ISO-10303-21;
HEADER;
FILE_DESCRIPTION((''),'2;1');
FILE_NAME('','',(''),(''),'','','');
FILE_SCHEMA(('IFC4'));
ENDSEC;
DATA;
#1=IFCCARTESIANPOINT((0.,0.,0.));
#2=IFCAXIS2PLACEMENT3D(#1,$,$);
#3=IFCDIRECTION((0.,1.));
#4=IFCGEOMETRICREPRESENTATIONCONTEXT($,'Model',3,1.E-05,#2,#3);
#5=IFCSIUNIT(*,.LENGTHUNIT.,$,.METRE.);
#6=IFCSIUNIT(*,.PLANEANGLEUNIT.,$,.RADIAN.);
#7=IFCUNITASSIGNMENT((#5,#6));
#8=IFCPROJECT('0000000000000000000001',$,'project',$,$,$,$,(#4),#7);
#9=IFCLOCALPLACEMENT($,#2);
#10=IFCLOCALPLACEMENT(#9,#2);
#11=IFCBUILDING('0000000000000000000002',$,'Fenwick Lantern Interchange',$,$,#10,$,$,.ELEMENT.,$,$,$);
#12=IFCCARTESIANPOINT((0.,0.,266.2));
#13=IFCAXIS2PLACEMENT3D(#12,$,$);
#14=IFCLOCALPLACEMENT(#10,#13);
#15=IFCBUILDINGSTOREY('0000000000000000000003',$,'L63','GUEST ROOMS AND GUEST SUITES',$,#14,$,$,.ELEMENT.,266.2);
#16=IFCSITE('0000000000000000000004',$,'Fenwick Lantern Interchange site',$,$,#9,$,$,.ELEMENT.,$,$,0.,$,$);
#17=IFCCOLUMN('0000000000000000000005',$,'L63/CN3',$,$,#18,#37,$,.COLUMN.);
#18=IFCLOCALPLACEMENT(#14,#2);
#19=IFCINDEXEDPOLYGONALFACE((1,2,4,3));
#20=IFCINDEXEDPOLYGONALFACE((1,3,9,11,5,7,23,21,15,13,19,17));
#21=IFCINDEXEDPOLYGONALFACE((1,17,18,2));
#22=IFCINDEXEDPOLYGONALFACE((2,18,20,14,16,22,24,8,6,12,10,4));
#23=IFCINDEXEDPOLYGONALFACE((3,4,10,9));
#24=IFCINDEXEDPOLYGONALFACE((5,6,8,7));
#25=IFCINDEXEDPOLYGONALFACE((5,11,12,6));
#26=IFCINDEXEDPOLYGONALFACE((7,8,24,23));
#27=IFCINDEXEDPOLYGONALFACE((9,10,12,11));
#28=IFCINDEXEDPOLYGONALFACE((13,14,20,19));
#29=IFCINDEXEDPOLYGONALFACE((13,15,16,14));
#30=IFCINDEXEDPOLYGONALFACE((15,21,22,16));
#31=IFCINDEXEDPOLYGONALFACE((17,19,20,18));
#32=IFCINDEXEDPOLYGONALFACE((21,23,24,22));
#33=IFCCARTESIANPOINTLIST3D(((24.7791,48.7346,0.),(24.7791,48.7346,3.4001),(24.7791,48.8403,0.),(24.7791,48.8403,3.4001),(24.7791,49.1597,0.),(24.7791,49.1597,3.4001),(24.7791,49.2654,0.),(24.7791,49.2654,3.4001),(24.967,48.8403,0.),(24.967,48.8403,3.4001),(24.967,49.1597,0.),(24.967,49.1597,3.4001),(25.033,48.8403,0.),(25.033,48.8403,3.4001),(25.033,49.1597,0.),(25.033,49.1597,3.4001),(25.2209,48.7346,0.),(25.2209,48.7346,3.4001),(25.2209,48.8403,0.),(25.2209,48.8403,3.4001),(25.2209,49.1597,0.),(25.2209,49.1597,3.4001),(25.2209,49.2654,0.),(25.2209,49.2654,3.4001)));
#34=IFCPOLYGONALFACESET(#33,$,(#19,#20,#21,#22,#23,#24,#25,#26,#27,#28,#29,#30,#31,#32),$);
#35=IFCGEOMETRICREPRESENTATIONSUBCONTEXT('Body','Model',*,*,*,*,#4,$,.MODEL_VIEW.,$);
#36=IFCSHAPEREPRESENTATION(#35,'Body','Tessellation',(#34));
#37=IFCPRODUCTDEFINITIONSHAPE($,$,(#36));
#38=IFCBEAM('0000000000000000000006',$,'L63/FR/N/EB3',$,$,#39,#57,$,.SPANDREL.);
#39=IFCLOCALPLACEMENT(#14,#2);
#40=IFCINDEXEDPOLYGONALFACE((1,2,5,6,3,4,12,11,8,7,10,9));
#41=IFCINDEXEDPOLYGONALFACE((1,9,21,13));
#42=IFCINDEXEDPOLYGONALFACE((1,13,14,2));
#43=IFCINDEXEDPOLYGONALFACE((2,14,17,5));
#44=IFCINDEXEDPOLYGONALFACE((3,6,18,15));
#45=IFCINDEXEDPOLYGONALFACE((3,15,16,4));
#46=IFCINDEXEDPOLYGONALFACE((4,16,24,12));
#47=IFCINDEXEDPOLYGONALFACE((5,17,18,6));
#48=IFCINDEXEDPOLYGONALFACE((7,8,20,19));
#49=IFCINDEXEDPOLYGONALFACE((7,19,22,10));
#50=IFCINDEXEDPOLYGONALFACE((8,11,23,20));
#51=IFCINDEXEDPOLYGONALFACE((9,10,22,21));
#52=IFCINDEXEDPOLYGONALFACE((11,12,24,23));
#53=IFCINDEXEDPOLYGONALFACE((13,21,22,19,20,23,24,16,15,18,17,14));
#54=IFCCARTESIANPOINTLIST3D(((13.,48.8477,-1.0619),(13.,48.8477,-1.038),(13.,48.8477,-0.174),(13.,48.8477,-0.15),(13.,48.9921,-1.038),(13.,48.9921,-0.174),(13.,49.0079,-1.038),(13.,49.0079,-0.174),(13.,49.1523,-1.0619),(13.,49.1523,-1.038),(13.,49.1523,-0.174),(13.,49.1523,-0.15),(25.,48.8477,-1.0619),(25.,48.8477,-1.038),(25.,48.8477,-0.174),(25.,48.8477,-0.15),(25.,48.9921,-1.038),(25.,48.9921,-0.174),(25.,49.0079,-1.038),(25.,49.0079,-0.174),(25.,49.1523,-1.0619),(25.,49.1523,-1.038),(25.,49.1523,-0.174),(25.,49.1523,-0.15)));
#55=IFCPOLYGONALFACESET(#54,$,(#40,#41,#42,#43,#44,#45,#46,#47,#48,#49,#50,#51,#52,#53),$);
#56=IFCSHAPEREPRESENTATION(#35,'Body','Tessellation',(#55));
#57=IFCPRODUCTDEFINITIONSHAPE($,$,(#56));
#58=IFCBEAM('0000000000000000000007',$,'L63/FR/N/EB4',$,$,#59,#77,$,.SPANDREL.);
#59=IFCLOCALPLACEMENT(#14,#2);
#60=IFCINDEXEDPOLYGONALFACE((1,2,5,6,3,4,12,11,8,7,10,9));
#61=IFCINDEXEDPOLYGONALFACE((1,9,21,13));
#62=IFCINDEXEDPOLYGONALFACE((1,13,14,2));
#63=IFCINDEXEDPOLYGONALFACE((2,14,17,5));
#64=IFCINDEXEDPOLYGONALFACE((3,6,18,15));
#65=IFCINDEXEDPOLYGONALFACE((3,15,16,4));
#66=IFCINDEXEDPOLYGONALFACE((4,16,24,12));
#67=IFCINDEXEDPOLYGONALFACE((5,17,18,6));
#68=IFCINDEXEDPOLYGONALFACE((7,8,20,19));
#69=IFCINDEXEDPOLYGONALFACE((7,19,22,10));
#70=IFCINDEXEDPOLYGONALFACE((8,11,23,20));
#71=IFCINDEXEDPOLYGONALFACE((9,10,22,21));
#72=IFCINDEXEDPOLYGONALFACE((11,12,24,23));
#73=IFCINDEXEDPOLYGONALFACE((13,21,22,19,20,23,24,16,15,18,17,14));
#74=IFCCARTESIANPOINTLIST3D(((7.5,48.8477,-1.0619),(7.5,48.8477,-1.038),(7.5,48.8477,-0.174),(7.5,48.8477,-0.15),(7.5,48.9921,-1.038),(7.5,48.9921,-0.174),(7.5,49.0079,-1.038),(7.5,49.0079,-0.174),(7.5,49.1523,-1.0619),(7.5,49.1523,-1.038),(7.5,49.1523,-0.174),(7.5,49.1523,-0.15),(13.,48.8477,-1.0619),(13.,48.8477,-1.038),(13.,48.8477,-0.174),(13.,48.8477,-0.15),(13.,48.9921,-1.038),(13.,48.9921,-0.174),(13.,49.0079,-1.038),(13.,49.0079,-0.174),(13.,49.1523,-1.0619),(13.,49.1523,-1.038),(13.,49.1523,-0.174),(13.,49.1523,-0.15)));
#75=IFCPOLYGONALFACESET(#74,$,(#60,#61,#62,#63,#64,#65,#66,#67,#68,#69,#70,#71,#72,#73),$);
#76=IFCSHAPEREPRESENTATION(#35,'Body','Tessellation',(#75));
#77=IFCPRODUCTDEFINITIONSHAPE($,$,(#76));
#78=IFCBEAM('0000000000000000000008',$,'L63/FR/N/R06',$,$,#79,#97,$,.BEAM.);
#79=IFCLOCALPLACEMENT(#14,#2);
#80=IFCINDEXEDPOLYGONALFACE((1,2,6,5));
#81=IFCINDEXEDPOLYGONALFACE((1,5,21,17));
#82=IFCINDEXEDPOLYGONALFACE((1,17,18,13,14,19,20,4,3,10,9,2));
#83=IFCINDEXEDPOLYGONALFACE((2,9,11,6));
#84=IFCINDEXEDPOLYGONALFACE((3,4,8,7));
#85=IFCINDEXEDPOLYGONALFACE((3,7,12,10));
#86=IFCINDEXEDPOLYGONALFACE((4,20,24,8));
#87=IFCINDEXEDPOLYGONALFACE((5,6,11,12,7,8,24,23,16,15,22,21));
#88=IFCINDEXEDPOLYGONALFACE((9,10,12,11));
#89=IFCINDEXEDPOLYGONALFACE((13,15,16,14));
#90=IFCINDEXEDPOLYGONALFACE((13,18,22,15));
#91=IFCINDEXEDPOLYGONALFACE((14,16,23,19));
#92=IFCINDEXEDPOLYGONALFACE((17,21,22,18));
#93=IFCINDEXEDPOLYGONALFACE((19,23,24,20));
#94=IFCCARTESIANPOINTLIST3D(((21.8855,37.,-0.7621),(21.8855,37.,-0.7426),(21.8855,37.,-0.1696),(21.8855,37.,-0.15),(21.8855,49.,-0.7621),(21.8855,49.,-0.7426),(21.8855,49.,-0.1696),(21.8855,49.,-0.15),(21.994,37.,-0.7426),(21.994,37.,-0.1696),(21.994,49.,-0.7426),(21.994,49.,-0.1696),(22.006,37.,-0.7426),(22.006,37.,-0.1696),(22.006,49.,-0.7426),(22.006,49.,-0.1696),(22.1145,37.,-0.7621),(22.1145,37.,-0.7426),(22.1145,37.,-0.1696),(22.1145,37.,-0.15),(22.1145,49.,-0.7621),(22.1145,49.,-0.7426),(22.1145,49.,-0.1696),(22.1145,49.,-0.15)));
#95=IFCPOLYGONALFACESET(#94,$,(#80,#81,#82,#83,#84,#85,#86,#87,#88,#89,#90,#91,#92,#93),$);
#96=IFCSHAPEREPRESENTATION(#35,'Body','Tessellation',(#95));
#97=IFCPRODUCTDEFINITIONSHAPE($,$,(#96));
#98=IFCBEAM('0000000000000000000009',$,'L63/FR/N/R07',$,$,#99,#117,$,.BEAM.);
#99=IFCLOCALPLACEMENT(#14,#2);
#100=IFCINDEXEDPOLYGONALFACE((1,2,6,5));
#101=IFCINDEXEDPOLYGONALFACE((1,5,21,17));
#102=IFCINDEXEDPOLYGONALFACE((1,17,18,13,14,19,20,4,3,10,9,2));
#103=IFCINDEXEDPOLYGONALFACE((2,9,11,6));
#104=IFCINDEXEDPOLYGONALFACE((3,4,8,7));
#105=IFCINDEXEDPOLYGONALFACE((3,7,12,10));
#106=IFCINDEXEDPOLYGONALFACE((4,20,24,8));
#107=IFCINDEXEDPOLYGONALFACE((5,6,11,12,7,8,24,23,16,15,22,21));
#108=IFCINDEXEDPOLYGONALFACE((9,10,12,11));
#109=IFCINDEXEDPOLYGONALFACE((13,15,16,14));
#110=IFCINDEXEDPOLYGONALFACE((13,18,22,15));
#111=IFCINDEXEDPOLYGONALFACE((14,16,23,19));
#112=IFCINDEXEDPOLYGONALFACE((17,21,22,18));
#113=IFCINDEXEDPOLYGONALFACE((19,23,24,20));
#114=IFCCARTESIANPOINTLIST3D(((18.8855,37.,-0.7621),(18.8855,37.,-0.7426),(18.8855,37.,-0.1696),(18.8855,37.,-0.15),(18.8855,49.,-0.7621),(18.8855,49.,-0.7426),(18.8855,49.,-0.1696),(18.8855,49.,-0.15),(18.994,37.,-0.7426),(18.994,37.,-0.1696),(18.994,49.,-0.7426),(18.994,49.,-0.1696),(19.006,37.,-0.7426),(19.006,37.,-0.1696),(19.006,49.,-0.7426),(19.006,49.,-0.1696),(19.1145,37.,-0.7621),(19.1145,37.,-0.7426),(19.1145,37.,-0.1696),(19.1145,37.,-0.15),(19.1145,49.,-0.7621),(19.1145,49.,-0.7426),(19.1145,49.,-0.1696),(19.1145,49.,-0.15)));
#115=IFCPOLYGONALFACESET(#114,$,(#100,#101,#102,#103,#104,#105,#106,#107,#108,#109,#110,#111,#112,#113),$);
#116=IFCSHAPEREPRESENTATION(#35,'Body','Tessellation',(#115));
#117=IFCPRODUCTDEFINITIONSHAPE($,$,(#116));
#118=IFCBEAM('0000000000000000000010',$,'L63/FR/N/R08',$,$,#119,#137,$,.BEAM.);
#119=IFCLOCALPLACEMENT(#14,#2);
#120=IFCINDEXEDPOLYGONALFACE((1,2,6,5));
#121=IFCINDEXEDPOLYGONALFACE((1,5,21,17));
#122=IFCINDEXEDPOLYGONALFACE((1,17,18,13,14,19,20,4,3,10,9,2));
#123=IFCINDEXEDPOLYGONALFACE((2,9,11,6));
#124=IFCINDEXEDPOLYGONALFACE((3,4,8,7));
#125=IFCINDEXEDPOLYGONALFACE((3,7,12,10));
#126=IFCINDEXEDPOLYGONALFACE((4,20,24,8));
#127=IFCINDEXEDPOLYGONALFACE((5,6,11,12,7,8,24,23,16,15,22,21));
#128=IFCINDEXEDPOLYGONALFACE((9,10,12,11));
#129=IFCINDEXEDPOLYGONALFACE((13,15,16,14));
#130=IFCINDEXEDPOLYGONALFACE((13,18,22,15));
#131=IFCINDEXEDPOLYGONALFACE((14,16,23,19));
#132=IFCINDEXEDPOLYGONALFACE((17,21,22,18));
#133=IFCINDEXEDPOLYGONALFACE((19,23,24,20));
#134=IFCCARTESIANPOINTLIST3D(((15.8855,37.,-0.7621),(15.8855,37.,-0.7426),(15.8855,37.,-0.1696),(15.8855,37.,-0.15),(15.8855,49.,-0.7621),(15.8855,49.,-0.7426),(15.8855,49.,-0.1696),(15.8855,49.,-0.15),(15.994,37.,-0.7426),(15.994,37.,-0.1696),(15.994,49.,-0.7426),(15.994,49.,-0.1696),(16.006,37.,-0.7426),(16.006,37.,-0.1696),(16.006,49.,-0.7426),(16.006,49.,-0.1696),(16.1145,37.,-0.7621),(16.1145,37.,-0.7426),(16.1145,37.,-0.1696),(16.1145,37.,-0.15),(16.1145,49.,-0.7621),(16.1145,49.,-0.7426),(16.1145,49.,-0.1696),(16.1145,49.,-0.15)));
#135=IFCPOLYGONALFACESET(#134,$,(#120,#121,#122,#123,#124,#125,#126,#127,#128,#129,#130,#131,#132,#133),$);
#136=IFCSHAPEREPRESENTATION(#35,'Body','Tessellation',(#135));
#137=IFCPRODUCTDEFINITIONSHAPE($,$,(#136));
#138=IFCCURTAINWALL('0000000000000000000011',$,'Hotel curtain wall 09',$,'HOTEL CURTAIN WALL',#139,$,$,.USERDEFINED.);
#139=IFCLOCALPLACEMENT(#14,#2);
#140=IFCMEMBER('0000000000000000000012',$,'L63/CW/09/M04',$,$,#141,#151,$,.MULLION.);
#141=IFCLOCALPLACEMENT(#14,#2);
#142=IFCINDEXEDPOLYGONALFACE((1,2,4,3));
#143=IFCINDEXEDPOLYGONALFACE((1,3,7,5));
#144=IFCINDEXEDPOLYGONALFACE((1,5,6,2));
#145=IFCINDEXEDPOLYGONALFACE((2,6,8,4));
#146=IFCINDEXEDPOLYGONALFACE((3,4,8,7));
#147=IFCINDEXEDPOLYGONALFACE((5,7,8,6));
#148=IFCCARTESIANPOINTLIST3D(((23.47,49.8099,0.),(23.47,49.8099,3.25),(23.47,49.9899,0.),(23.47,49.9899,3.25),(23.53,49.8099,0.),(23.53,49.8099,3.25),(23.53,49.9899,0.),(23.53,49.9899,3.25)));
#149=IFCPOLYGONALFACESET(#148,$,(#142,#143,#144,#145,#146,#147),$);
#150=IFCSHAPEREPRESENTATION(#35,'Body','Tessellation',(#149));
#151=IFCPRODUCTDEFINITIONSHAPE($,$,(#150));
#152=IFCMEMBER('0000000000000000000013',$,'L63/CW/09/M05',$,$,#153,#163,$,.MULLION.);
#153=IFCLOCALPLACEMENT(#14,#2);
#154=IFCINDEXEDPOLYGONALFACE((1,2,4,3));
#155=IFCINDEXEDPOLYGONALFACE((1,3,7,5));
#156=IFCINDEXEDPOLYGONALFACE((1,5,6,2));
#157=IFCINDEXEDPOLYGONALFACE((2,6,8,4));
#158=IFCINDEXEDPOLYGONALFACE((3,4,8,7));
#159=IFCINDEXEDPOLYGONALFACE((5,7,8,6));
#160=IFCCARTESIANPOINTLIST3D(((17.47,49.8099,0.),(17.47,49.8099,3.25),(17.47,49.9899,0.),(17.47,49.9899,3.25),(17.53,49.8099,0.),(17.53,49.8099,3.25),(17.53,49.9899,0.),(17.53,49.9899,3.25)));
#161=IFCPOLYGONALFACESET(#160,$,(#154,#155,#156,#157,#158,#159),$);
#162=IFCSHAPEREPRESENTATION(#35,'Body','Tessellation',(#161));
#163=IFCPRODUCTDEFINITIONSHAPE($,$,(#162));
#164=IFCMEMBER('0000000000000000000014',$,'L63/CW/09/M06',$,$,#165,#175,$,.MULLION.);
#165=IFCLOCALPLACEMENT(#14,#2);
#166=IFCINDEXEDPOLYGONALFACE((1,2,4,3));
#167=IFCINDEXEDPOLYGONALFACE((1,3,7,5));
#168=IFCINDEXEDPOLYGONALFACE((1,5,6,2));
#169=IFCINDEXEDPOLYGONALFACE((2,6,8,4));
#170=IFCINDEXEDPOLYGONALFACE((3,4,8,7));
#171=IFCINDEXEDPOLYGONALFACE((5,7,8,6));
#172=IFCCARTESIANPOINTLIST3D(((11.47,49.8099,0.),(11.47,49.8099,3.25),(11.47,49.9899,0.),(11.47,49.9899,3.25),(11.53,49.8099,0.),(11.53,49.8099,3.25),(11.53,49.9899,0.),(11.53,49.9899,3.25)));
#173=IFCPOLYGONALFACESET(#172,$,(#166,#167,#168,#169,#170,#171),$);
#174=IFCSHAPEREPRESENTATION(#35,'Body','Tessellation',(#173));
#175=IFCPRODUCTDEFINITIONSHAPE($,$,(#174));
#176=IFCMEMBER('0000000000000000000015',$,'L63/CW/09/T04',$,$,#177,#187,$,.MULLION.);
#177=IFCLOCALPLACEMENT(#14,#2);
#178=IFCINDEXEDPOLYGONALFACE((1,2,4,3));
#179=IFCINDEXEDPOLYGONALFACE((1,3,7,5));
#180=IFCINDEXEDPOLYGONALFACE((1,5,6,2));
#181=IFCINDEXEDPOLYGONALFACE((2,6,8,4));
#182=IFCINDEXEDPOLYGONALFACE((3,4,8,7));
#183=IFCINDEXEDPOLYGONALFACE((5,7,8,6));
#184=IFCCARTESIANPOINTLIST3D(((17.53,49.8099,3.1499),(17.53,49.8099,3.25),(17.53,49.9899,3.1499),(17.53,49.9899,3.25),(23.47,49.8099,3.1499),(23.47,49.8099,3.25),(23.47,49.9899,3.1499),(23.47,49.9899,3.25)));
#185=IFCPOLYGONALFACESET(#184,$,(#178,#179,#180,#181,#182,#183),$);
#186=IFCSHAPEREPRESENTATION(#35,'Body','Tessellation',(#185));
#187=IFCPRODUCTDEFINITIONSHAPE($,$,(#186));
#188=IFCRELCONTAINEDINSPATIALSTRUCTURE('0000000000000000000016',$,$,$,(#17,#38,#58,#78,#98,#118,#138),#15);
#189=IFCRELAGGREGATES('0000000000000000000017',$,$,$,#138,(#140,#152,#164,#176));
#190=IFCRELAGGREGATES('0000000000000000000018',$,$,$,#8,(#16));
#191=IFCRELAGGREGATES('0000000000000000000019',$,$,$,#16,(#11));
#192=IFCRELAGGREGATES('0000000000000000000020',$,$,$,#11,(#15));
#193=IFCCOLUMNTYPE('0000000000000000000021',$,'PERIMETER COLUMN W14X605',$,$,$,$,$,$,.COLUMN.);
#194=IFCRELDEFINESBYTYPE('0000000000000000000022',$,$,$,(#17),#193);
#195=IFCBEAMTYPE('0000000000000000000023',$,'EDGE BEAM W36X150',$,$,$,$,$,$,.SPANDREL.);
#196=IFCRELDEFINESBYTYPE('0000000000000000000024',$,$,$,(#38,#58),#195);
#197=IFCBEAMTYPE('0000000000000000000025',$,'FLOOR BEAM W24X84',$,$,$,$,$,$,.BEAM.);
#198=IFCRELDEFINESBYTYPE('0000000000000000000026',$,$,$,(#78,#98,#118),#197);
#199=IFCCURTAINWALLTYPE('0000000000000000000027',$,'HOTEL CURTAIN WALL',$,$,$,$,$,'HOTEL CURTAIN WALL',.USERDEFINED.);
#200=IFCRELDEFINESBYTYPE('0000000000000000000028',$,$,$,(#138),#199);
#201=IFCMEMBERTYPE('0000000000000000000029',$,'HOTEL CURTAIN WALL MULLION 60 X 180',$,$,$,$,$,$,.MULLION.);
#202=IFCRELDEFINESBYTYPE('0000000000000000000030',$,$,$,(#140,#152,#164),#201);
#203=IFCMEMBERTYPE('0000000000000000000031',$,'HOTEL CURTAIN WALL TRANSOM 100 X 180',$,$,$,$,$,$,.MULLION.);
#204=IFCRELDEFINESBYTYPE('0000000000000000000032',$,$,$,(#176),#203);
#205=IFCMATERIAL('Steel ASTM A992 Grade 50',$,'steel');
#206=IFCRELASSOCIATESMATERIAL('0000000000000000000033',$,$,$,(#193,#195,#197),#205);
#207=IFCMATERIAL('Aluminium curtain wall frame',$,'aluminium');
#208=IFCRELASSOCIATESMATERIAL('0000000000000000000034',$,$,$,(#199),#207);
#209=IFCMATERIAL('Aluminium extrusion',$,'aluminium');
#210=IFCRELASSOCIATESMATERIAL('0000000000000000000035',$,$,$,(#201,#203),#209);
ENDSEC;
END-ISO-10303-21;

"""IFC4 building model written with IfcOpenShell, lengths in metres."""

from ifc_helpers import new_model, si_unit, direction, frame, origin, origin_2d, place, context, subcontext, project, spatial, rectangle, i_section, extrude, material, material_profile, profile_set, type_object, element, aggregate, save


model = new_model("IFC4")

# Units and contexts
model_context = context("Model", 3, precision=1e-05, world=origin(), true_north=direction((0.0, 1.0)))
body_context = subcontext(model_context, "Body", "Model", "MODEL_VIEW")
ifc_project = project(units=[si_unit("LENGTHUNIT", "METRE"), si_unit("PLANEANGLEUNIT", "RADIAN")], contexts=[model_context])

# Site, building, storey
site_placement = place(None, origin())
site = spatial("IfcSite", under=ifc_project, at=site_placement, Name="Fenwick Lantern Interchange site", CompositionType="ELEMENT", RefElevation=0.0)
building_placement = place(site_placement, origin())
building = spatial("IfcBuilding", under=site, at=building_placement, Name="Fenwick Lantern Interchange", CompositionType="ELEMENT")
storey_placement = place(building_placement, frame((0.0, 0.0, 266.2)))
storey = spatial("IfcBuildingStorey", under=building, at=storey_placement, Name="L63", Description="GUEST ROOMS AND GUEST SUITES", CompositionType="ELEMENT", Elevation=266.2)

# Column
ifc_material_1 = material(Name="Steel ASTM A992 Grade 50", Category="steel")
ifc_material_profile_1 = material_profile(ifc_material_1, i_section(OverallWidth=0.4419, OverallDepth=0.5308, WebThickness=0.0659, FlangeThickness=0.1057, at=origin_2d()), Name="W14X605")
ifc_profile_set_1 = profile_set([ifc_material_profile_1], Name="Steel ASTM A992 Grade 50")
column_type = type_object("IfcColumnType", Name="PERIMETER COLUMN W14X605", PredefinedType="COLUMN", material=ifc_profile_set_1)
column_placement = place(storey_placement, frame((25.0, 49.0, 0.0), z_axis=(0.0, 0.0, 1.0), x_axis=(1.0, 0.0, 0.0)))
element("IfcColumn", 1, at=column_placement, inside=storey, type_object=column_type, Name="L63/CN3", PredefinedType="COLUMN", context=body_context, shape_type="SweptSolid", body=[
    extrude(i_section(OverallWidth=0.4419, OverallDepth=0.5308, WebThickness=0.0659, FlangeThickness=0.1057, at=origin_2d()), origin(), (0.0, 0.0, 1.0), 3.4001),
])

# Beams
ifc_material_profile_2 = material_profile(ifc_material_1, i_section(OverallWidth=0.3047, OverallDepth=0.9119, WebThickness=0.0159, FlangeThickness=0.0239, at=origin_2d()), Name="W36X150")
ifc_profile_set_2 = profile_set([ifc_material_profile_2], Name="Steel ASTM A992 Grade 50")
beam_type_1 = type_object("IfcBeamType", Name="EDGE BEAM W36X150", PredefinedType="SPANDREL", material=ifc_profile_set_2)
beam_1_placement = place(storey_placement, frame((25.0, 49.0, -0.606), z_axis=(-1.0, 0.0, 0.0), x_axis=(0.0, -1.0, 0.0)))
element("IfcBeam", 2, at=beam_1_placement, inside=storey, type_object=beam_type_1, Name="L63/FR/N/EB3", PredefinedType="SPANDREL", context=body_context, shape_type="SweptSolid", body=[
    extrude(i_section(OverallWidth=0.3047, OverallDepth=0.9119, WebThickness=0.0159, FlangeThickness=0.0239, at=origin_2d()), origin(), (0.0, 0.0, 1.0), 12.0),
])
beam_2_placement = place(storey_placement, frame((13.0, 49.0, -0.606), z_axis=(-1.0, 0.0, 0.0), x_axis=(0.0, -1.0, 0.0)))
element("IfcBeam", 3, at=beam_2_placement, inside=storey, type_object=beam_type_1, Name="L63/FR/N/EB4", PredefinedType="SPANDREL", context=body_context, shape_type="SweptSolid", body=[
    extrude(i_section(OverallWidth=0.3047, OverallDepth=0.9119, WebThickness=0.0159, FlangeThickness=0.0239, at=origin_2d()), origin(), (0.0, 0.0, 1.0), 5.5),
])
ifc_material_profile_3 = material_profile(ifc_material_1, i_section(OverallWidth=0.229, OverallDepth=0.6121, WebThickness=0.012, FlangeThickness=0.0195, at=origin_2d()), Name="W24X84")
ifc_profile_set_3 = profile_set([ifc_material_profile_3], Name="Steel ASTM A992 Grade 50")
beam_type_2 = type_object("IfcBeamType", Name="FLOOR BEAM W24X84", PredefinedType="BEAM", material=ifc_profile_set_3)
for number, where, z_axis, x_axis, name in (
    (4, (22.0, 49.0, -0.4561), (0.0, -1.0, 0.0), (1.0, 0.0, 0.0), "L63/FR/N/R06"),
    (5, (19.0, 49.0, -0.4561), (0.0, -1.0, 0.0), (1.0, 0.0, 0.0), "L63/FR/N/R07"),
    (6, (16.0, 49.0, -0.4561), (0.0, -1.0, 0.0), (1.0, 0.0, 0.0), "L63/FR/N/R08"),
):
    element("IfcBeam", number, at=place(storey_placement, frame(where, z_axis=z_axis, x_axis=x_axis)), inside=storey, type_object=beam_type_2, Name=name, PredefinedType="BEAM", context=body_context, shape_type="SweptSolid", body=[
        extrude(i_section(OverallWidth=0.229, OverallDepth=0.6121, WebThickness=0.012, FlangeThickness=0.0195, at=origin_2d()), origin(), (0.0, 0.0, 1.0), 12.0),
    ])

# Curtain wall, members
ifc_material_2 = material(Name="Aluminium curtain wall frame", Category="aluminium")
curtain_wall_type = type_object("IfcCurtainWallType", Name="HOTEL CURTAIN WALL", ElementType="HOTEL CURTAIN WALL", PredefinedType="USERDEFINED", material=ifc_material_2)
curtain_wall_placement = place(storey_placement, origin())
curtain_wall = element("IfcCurtainWall", 7, at=curtain_wall_placement, inside=storey, type_object=curtain_wall_type, Name="Hotel curtain wall 09", ObjectType="HOTEL CURTAIN WALL", PredefinedType="USERDEFINED")
ifc_material_3 = material(Name="Aluminium extrusion", Category="aluminium")
ifc_material_profile_4 = material_profile(ifc_material_3, rectangle(XDim=0.1799, YDim=0.0601, at=origin_2d()), Name="HOTEL CURTAIN WALL MULLION 60 X 180")
ifc_profile_set_4 = profile_set([ifc_material_profile_4], Name="Aluminium extrusion")
member_type_1 = type_object("IfcMemberType", Name="HOTEL CURTAIN WALL MULLION 60 X 180", PredefinedType="MULLION", material=ifc_profile_set_4)
member_1_placement = place(storey_placement, frame((23.5, 49.8999, 0.0), z_axis=(0.0, 0.0, 1.0), x_axis=(0.0, -1.0, 0.0)))
member_1 = element("IfcMember", 8, at=member_1_placement, type_object=member_type_1, Name="L63/CW/09/M04", PredefinedType="MULLION", context=body_context, shape_type="SweptSolid", body=[
    extrude(rectangle(XDim=0.1799, YDim=0.0601, at=origin_2d()), origin(), (0.0, 0.0, 1.0), 3.25),
])
member_2_placement = place(storey_placement, frame((17.5, 49.8999, 0.0), z_axis=(0.0, 0.0, 1.0), x_axis=(0.0, -1.0, 0.0)))
member_2 = element("IfcMember", 9, at=member_2_placement, type_object=member_type_1, Name="L63/CW/09/M05", PredefinedType="MULLION", context=body_context, shape_type="SweptSolid", body=[
    extrude(rectangle(XDim=0.1799, YDim=0.0601, at=origin_2d()), origin(), (0.0, 0.0, 1.0), 3.25),
])
member_3_placement = place(storey_placement, frame((11.5, 49.8999, 0.0), z_axis=(0.0, 0.0, 1.0), x_axis=(0.0, -1.0, 0.0)))
member_3 = element("IfcMember", 10, at=member_3_placement, type_object=member_type_1, Name="L63/CW/09/M06", PredefinedType="MULLION", context=body_context, shape_type="SweptSolid", body=[
    extrude(rectangle(XDim=0.1799, YDim=0.0601, at=origin_2d()), origin(), (0.0, 0.0, 1.0), 3.25),
])
ifc_material_profile_5 = material_profile(ifc_material_3, rectangle(XDim=0.1799, YDim=0.1001, at=origin_2d()), Name="HOTEL CURTAIN WALL TRANSOM 100 X 180")
ifc_profile_set_5 = profile_set([ifc_material_profile_5], Name="Aluminium extrusion")
member_type_2 = type_object("IfcMemberType", Name="HOTEL CURTAIN WALL TRANSOM 100 X 180", PredefinedType="MULLION", material=ifc_profile_set_5)
member_4_placement = place(storey_placement, frame((23.47, 49.8999, 3.2), z_axis=(-1.0, 0.0, 0.0), x_axis=(0.0, -1.0, 0.0)))
member_4 = element("IfcMember", 11, at=member_4_placement, type_object=member_type_2, Name="L63/CW/09/T04", PredefinedType="MULLION", context=body_context, shape_type="SweptSolid", body=[
    extrude(rectangle(XDim=0.1799, YDim=0.1001, at=origin_2d()), origin(), (0.0, 0.0, 1.0), 5.9399),
])
aggregate(curtain_wall, [member_1, member_2, member_3, member_4])

save(model, "model.ifc")
